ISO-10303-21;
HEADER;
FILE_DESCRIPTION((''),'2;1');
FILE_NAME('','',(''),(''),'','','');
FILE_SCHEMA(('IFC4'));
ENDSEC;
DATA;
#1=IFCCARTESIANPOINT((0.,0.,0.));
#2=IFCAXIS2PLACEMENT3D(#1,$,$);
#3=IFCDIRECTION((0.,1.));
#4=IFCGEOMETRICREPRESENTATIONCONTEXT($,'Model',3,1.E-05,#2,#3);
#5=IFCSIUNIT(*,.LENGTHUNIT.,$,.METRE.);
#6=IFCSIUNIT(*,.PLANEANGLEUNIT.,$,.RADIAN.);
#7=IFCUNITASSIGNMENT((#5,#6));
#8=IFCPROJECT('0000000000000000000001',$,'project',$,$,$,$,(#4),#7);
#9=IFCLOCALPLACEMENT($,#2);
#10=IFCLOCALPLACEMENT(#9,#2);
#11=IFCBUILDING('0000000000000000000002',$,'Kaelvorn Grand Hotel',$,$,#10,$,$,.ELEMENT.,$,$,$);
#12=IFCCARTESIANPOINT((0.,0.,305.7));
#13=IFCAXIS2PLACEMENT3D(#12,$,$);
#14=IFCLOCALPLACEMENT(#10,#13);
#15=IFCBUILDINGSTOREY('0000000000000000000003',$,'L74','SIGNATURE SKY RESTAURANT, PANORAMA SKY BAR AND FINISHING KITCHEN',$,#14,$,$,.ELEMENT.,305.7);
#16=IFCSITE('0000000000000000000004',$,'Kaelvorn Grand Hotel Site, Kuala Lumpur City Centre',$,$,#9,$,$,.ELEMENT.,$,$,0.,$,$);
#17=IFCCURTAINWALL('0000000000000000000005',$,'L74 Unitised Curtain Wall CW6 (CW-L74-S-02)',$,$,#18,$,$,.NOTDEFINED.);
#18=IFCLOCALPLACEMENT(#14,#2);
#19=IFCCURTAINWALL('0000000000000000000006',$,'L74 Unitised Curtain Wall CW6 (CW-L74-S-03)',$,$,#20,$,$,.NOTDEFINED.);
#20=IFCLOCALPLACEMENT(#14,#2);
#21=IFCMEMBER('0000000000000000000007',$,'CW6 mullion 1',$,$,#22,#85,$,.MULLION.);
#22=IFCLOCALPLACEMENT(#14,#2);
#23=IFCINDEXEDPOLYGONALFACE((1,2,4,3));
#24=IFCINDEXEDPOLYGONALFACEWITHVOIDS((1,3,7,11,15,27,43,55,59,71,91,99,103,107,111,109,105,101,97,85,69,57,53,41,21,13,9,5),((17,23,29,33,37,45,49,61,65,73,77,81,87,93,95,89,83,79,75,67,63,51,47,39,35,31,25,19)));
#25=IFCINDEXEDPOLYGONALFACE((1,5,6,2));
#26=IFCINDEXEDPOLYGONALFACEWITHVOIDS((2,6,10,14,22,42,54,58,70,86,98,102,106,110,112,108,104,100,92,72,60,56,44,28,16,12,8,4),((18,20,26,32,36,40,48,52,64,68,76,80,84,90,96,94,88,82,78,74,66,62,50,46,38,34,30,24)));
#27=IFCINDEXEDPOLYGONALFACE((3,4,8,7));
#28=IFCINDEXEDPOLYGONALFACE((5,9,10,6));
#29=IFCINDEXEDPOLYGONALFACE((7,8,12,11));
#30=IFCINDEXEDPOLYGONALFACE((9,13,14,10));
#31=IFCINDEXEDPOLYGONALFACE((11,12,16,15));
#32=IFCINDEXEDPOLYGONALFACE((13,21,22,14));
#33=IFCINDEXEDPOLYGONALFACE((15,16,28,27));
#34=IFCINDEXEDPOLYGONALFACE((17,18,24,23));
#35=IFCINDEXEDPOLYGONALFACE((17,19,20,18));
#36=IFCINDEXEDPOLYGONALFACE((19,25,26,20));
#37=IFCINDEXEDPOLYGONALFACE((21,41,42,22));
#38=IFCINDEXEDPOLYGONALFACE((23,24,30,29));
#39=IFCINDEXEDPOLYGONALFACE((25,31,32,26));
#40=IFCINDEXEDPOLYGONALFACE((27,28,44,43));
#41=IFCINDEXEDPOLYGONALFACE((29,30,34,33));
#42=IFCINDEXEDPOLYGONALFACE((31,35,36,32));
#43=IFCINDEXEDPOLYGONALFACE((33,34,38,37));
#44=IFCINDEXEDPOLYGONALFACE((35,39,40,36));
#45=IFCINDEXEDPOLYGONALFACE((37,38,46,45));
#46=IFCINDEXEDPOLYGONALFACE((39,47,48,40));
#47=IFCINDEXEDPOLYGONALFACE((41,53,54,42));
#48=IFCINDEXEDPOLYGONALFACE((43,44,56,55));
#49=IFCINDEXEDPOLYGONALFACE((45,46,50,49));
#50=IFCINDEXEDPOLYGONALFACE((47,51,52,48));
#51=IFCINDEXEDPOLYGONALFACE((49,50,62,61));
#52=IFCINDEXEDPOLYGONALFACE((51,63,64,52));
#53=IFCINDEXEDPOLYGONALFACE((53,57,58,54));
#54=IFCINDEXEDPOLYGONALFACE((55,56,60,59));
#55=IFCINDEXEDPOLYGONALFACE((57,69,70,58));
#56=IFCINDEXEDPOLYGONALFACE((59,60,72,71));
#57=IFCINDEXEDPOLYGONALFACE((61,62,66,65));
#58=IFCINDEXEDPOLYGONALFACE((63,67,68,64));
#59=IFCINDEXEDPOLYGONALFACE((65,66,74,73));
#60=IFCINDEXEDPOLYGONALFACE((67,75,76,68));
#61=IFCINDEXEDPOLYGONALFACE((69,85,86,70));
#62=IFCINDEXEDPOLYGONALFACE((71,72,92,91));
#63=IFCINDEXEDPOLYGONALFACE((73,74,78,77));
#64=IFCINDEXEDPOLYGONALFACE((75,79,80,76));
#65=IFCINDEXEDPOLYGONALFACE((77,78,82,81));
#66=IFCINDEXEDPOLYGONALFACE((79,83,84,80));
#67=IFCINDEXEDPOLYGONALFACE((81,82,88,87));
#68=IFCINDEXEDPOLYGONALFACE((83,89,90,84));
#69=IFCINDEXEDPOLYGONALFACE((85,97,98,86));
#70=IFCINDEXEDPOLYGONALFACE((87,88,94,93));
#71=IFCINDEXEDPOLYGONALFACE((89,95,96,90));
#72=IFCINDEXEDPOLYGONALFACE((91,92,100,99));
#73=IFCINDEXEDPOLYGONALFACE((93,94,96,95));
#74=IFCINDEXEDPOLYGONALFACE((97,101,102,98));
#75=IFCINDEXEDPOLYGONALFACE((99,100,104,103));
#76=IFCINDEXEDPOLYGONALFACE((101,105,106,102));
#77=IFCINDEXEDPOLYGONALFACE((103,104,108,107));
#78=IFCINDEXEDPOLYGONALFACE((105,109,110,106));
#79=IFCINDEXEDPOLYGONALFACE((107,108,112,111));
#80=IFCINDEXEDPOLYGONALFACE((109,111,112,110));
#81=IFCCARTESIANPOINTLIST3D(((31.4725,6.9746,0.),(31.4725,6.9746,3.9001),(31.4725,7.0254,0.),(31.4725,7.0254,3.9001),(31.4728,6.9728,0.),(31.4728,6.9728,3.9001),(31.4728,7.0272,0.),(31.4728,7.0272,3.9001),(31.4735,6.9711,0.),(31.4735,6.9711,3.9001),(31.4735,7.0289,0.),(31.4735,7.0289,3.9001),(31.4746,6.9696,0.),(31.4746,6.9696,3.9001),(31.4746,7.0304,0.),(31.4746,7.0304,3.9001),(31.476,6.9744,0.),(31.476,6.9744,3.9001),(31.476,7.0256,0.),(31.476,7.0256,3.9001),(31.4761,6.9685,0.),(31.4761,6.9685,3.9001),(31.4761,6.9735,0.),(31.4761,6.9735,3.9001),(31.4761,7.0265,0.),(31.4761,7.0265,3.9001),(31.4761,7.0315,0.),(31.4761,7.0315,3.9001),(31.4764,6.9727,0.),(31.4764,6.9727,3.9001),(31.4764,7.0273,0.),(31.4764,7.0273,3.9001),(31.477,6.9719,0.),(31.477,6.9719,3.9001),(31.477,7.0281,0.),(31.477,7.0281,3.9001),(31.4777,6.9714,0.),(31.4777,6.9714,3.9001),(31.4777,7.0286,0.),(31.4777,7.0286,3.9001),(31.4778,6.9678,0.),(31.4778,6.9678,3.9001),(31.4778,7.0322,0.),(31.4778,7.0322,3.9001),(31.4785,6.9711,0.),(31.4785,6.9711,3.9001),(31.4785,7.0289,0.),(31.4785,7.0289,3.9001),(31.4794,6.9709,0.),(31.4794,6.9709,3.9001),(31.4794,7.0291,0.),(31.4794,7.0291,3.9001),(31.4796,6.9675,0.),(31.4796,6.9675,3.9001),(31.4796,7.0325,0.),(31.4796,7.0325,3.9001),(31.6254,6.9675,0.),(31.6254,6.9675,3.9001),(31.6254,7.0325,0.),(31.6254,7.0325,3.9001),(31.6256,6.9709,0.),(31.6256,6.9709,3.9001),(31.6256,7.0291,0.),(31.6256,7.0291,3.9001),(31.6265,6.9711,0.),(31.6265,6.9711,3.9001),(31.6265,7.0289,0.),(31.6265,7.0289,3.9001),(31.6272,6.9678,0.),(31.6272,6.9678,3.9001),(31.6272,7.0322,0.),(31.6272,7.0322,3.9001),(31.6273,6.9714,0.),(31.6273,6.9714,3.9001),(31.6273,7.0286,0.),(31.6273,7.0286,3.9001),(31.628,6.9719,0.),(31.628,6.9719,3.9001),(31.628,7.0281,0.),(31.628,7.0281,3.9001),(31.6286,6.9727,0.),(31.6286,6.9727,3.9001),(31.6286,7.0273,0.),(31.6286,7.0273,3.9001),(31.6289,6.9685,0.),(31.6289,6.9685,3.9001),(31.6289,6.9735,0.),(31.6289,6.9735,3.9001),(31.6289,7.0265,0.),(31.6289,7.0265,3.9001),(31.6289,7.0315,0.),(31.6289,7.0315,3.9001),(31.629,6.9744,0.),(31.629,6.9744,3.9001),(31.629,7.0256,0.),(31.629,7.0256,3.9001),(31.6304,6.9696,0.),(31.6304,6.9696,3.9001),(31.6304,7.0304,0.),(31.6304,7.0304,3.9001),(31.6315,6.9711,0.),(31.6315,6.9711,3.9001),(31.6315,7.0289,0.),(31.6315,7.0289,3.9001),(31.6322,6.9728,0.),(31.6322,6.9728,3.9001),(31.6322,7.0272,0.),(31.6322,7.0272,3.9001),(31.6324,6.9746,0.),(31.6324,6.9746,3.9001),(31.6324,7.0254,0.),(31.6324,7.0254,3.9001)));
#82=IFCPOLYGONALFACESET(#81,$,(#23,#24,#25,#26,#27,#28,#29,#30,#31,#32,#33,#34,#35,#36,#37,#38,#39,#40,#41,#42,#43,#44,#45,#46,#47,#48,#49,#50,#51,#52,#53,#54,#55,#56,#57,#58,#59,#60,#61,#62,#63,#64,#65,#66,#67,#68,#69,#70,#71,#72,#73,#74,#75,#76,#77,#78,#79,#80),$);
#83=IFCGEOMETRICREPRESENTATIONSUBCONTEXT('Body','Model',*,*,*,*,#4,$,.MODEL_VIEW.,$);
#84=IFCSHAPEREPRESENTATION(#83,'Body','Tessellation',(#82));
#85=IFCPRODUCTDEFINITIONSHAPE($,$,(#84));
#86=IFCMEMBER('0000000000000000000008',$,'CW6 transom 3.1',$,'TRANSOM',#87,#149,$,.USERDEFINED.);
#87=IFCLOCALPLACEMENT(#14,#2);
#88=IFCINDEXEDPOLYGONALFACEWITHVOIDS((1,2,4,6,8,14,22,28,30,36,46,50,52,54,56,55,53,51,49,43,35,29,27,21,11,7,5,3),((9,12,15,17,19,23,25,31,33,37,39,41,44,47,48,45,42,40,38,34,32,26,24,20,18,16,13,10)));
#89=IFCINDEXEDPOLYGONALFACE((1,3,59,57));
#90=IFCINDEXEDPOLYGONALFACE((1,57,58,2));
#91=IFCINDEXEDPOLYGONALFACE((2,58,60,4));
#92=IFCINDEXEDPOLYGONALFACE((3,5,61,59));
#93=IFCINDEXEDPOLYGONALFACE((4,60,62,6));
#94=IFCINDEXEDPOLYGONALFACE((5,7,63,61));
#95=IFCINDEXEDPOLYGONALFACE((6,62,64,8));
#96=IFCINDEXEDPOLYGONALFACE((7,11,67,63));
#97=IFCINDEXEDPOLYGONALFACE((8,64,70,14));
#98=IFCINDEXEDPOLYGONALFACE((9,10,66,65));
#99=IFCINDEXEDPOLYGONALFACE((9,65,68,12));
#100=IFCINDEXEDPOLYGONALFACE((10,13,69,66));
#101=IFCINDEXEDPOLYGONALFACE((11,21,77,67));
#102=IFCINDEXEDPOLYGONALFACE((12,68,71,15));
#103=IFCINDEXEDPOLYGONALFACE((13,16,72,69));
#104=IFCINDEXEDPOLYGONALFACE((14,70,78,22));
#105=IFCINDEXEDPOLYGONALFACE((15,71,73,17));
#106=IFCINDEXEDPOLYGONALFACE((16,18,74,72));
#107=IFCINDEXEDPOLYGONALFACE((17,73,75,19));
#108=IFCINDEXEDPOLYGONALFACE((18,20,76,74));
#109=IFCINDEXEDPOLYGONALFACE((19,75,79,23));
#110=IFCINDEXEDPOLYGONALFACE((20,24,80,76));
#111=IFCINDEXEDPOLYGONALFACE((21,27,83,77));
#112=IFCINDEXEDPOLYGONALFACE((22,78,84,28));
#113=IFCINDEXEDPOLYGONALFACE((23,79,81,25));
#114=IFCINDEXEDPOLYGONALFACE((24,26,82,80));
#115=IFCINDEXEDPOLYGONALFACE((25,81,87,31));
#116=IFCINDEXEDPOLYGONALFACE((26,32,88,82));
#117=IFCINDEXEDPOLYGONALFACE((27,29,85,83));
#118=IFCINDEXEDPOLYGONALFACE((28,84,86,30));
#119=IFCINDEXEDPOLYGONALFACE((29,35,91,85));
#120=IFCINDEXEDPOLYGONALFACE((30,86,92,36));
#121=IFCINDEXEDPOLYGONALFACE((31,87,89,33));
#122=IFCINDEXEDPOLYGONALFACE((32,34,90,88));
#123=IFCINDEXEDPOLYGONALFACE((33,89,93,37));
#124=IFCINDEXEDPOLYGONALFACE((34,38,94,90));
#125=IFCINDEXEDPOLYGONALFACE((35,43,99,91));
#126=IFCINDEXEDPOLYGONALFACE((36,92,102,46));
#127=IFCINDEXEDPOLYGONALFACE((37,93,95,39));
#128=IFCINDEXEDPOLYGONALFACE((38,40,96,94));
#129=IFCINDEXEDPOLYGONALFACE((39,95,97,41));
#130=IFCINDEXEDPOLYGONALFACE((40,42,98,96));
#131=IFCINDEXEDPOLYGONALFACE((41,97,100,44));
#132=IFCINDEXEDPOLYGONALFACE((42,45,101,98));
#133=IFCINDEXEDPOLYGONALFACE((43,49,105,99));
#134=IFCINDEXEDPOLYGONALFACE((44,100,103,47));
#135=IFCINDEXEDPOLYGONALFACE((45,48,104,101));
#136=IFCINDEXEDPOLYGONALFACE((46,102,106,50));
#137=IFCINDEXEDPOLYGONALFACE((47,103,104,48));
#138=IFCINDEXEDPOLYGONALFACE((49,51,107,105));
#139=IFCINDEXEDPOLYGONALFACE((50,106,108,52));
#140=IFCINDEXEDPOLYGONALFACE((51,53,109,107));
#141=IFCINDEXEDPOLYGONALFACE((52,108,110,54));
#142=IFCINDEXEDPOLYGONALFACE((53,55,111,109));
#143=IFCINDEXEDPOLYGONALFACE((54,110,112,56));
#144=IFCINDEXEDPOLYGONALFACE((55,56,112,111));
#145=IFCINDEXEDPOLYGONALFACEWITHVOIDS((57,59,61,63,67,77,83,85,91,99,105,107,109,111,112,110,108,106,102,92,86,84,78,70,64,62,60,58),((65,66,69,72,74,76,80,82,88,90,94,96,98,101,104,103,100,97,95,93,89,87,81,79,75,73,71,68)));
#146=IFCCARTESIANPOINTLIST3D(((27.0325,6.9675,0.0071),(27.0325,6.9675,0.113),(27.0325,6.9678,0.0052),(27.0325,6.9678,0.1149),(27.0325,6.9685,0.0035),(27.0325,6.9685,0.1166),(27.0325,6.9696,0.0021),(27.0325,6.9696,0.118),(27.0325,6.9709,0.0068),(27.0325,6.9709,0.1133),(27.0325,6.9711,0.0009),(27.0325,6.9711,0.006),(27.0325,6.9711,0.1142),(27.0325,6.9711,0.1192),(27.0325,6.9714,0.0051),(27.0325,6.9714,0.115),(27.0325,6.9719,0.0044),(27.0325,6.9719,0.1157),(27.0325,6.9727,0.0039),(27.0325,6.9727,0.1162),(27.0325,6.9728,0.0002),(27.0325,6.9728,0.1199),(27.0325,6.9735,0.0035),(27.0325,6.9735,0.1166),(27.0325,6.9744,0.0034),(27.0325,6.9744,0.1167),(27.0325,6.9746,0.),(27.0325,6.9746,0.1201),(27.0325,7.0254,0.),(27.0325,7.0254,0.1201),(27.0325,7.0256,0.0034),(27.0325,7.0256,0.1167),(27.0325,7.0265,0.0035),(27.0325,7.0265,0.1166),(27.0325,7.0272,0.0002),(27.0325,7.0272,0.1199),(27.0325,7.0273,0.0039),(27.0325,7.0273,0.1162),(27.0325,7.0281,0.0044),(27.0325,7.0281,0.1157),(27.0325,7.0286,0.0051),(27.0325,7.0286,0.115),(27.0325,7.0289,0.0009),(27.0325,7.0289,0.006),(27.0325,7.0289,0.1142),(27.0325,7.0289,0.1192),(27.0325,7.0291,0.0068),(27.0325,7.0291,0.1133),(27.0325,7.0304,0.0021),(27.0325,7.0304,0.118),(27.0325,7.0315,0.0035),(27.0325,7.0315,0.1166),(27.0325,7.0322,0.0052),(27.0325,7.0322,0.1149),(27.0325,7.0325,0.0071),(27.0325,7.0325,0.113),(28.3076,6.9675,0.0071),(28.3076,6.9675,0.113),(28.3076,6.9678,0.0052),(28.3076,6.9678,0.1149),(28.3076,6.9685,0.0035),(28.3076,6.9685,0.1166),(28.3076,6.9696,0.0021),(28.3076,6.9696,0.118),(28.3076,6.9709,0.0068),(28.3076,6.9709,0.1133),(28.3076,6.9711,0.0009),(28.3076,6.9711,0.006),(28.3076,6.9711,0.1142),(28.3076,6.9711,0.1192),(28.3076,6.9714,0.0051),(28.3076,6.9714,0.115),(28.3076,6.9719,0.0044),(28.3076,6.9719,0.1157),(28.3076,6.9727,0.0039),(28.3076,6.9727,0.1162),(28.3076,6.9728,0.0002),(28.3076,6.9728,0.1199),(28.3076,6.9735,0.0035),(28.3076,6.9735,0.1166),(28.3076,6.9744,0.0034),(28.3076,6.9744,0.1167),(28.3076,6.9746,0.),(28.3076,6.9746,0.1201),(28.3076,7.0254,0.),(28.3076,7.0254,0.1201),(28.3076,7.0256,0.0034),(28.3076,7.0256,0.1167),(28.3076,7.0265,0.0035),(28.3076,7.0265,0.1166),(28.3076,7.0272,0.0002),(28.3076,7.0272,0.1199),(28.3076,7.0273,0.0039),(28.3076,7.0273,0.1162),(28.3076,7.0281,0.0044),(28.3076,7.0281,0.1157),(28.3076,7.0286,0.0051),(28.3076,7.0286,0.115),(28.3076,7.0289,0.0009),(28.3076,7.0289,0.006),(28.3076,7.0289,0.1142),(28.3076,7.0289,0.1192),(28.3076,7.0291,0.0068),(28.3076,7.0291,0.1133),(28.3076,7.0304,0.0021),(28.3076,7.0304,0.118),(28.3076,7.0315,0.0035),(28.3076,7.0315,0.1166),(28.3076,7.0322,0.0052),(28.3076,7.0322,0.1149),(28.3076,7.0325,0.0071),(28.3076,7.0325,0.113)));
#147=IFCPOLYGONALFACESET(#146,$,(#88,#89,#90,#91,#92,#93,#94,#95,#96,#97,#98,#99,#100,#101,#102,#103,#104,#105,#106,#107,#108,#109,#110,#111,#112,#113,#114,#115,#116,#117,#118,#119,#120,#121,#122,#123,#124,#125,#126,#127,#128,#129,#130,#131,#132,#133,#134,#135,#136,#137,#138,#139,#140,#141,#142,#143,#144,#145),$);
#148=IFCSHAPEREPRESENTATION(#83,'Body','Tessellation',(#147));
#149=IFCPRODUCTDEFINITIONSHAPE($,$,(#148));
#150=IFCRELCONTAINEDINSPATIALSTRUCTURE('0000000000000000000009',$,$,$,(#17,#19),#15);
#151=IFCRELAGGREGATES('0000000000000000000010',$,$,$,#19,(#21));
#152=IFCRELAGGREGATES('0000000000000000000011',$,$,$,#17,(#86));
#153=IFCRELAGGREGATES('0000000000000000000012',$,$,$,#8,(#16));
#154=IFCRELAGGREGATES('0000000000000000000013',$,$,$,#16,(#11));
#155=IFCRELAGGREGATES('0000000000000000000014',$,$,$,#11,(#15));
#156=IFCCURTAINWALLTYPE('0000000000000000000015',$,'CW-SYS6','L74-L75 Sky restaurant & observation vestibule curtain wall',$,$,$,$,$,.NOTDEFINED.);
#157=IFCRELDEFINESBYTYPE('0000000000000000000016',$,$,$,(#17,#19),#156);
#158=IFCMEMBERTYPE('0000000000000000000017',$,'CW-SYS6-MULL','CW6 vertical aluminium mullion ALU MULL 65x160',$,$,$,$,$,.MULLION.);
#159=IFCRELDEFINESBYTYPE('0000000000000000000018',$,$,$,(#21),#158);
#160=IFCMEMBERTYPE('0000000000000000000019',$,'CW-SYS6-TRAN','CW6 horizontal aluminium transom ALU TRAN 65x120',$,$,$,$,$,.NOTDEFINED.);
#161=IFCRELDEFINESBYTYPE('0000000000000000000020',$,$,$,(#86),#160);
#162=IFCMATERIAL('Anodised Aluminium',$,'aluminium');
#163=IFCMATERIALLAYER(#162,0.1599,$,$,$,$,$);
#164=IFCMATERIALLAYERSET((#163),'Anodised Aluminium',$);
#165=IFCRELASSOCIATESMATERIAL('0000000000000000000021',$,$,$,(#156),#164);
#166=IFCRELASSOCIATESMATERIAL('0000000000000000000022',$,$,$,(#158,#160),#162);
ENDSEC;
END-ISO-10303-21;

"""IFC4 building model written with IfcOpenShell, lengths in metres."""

from ifc_helpers import new_model, si_unit, direction, frame, origin, origin_2d, place, context, subcontext, project, spatial, hollow_rectangle, extrude, material, layer, layer_set, material_profile, profile_set, type_object, element, aggregate, save


model = new_model("IFC4")

# Units and contexts
model_context = context("Model", 3, precision=1e-05, world=origin(), true_north=direction((0.0, 1.0)))
body_context = subcontext(model_context, "Body", "Model", "MODEL_VIEW")
ifc_project = project(units=[si_unit("LENGTHUNIT", "METRE"), si_unit("PLANEANGLEUNIT", "RADIAN")], contexts=[model_context])

# Site, building, storey
site_placement = place(None, origin())
site = spatial("IfcSite", under=ifc_project, at=site_placement, Name="Kaelvorn Grand Hotel Site, Kuala Lumpur City Centre", CompositionType="ELEMENT", RefElevation=0.0)
building_placement = place(site_placement, origin())
building = spatial("IfcBuilding", under=site, at=building_placement, Name="Kaelvorn Grand Hotel", CompositionType="ELEMENT")
storey_placement = place(building_placement, frame((0.0, 0.0, 305.7)))
storey = spatial("IfcBuildingStorey", under=building, at=storey_placement, Name="L74", Description="SIGNATURE SKY RESTAURANT, PANORAMA SKY BAR AND FINISHING KITCHEN", CompositionType="ELEMENT", Elevation=305.7)

# Curtain wall
ifc_material_1 = material(Name="Anodised Aluminium", Category="aluminium")
ifc_layer_1 = layer(ifc_material_1, 0.1599)
ifc_layer_set_1 = layer_set([ifc_layer_1], Name="Anodised Aluminium")
curtain_wall_type = type_object("IfcCurtainWallType", Name="CW-SYS6", Description="L74-L75 Sky restaurant & observation vestibule curtain wall", PredefinedType="NOTDEFINED", material=ifc_layer_set_1)
curtain_wall_1_placement = place(storey_placement, origin())
curtain_wall_1 = element("IfcCurtainWall", 1, at=curtain_wall_1_placement, inside=storey, type_object=curtain_wall_type, Name="L74 Unitised Curtain Wall CW6 (CW-L74-S-02)", PredefinedType="NOTDEFINED")
ifc_material_profile_1 = material_profile(ifc_material_1, hollow_rectangle(XDim=0.0649, YDim=0.1599, WallThickness=0.0034, InnerFilletRadius=0.0034, OuterFilletRadius=0.0071, at=origin_2d()), Name="ALU MULL 65x160")
ifc_profile_set_1 = profile_set([ifc_material_profile_1], Name="Anodised Aluminium")
member_type_1 = type_object("IfcMemberType", Name="CW-SYS6-MULL", Description="CW6 vertical aluminium mullion ALU MULL 65x160", PredefinedType="MULLION", material=ifc_profile_set_1)

# Curtain wall, member
curtain_wall_2_placement = place(storey_placement, origin())
curtain_wall_2 = element("IfcCurtainWall", 2, at=curtain_wall_2_placement, inside=storey, type_object=curtain_wall_type, Name="L74 Unitised Curtain Wall CW6 (CW-L74-S-03)", PredefinedType="NOTDEFINED")
member_1_placement = place(storey_placement, frame((31.5525, 7.0, 0.0), z_axis=(0.0, 0.0, 1.0), x_axis=(0.0, 1.0, 0.0)))
member_1 = element("IfcMember", 3, at=member_1_placement, type_object=member_type_1, Name="CW6 mullion 1", PredefinedType="MULLION", context=body_context, shape_type="SweptSolid", body=[
    extrude(hollow_rectangle(XDim=0.0649, YDim=0.1599, WallThickness=0.0034, InnerFilletRadius=0.0034, OuterFilletRadius=0.0071, at=origin_2d()), origin(), (0.0, 0.0, 1.0), 3.9001),
])

# Member
ifc_material_profile_2 = material_profile(ifc_material_1, hollow_rectangle(XDim=0.0649, YDim=0.1201, WallThickness=0.0034, InnerFilletRadius=0.0034, OuterFilletRadius=0.0071, at=origin_2d()), Name="ALU TRAN 65x120")
ifc_profile_set_2 = profile_set([ifc_material_profile_2], Name="Anodised Aluminium")
member_type_2 = type_object("IfcMemberType", Name="CW-SYS6-TRAN", Description="CW6 horizontal aluminium transom ALU TRAN 65x120", PredefinedType="NOTDEFINED", material=ifc_profile_set_2)
member_2_placement = place(storey_placement, frame((27.0325, 7.0, 0.0601), z_axis=(1.0, 0.0, 0.0), x_axis=(0.0, 1.0, 0.0)))
member_2 = element("IfcMember", 4, at=member_2_placement, type_object=member_type_2, Name="CW6 transom 3.1", ObjectType="TRANSOM", PredefinedType="USERDEFINED", context=body_context, shape_type="SweptSolid", body=[
    extrude(hollow_rectangle(XDim=0.0649, YDim=0.1201, WallThickness=0.0034, InnerFilletRadius=0.0034, OuterFilletRadius=0.0071, at=origin_2d()), origin(), (0.0, 0.0, 1.0), 1.2751),
])
aggregate(curtain_wall_2, [member_1])

aggregate(curtain_wall_1, [member_2])

save(model, "model.ifc")
